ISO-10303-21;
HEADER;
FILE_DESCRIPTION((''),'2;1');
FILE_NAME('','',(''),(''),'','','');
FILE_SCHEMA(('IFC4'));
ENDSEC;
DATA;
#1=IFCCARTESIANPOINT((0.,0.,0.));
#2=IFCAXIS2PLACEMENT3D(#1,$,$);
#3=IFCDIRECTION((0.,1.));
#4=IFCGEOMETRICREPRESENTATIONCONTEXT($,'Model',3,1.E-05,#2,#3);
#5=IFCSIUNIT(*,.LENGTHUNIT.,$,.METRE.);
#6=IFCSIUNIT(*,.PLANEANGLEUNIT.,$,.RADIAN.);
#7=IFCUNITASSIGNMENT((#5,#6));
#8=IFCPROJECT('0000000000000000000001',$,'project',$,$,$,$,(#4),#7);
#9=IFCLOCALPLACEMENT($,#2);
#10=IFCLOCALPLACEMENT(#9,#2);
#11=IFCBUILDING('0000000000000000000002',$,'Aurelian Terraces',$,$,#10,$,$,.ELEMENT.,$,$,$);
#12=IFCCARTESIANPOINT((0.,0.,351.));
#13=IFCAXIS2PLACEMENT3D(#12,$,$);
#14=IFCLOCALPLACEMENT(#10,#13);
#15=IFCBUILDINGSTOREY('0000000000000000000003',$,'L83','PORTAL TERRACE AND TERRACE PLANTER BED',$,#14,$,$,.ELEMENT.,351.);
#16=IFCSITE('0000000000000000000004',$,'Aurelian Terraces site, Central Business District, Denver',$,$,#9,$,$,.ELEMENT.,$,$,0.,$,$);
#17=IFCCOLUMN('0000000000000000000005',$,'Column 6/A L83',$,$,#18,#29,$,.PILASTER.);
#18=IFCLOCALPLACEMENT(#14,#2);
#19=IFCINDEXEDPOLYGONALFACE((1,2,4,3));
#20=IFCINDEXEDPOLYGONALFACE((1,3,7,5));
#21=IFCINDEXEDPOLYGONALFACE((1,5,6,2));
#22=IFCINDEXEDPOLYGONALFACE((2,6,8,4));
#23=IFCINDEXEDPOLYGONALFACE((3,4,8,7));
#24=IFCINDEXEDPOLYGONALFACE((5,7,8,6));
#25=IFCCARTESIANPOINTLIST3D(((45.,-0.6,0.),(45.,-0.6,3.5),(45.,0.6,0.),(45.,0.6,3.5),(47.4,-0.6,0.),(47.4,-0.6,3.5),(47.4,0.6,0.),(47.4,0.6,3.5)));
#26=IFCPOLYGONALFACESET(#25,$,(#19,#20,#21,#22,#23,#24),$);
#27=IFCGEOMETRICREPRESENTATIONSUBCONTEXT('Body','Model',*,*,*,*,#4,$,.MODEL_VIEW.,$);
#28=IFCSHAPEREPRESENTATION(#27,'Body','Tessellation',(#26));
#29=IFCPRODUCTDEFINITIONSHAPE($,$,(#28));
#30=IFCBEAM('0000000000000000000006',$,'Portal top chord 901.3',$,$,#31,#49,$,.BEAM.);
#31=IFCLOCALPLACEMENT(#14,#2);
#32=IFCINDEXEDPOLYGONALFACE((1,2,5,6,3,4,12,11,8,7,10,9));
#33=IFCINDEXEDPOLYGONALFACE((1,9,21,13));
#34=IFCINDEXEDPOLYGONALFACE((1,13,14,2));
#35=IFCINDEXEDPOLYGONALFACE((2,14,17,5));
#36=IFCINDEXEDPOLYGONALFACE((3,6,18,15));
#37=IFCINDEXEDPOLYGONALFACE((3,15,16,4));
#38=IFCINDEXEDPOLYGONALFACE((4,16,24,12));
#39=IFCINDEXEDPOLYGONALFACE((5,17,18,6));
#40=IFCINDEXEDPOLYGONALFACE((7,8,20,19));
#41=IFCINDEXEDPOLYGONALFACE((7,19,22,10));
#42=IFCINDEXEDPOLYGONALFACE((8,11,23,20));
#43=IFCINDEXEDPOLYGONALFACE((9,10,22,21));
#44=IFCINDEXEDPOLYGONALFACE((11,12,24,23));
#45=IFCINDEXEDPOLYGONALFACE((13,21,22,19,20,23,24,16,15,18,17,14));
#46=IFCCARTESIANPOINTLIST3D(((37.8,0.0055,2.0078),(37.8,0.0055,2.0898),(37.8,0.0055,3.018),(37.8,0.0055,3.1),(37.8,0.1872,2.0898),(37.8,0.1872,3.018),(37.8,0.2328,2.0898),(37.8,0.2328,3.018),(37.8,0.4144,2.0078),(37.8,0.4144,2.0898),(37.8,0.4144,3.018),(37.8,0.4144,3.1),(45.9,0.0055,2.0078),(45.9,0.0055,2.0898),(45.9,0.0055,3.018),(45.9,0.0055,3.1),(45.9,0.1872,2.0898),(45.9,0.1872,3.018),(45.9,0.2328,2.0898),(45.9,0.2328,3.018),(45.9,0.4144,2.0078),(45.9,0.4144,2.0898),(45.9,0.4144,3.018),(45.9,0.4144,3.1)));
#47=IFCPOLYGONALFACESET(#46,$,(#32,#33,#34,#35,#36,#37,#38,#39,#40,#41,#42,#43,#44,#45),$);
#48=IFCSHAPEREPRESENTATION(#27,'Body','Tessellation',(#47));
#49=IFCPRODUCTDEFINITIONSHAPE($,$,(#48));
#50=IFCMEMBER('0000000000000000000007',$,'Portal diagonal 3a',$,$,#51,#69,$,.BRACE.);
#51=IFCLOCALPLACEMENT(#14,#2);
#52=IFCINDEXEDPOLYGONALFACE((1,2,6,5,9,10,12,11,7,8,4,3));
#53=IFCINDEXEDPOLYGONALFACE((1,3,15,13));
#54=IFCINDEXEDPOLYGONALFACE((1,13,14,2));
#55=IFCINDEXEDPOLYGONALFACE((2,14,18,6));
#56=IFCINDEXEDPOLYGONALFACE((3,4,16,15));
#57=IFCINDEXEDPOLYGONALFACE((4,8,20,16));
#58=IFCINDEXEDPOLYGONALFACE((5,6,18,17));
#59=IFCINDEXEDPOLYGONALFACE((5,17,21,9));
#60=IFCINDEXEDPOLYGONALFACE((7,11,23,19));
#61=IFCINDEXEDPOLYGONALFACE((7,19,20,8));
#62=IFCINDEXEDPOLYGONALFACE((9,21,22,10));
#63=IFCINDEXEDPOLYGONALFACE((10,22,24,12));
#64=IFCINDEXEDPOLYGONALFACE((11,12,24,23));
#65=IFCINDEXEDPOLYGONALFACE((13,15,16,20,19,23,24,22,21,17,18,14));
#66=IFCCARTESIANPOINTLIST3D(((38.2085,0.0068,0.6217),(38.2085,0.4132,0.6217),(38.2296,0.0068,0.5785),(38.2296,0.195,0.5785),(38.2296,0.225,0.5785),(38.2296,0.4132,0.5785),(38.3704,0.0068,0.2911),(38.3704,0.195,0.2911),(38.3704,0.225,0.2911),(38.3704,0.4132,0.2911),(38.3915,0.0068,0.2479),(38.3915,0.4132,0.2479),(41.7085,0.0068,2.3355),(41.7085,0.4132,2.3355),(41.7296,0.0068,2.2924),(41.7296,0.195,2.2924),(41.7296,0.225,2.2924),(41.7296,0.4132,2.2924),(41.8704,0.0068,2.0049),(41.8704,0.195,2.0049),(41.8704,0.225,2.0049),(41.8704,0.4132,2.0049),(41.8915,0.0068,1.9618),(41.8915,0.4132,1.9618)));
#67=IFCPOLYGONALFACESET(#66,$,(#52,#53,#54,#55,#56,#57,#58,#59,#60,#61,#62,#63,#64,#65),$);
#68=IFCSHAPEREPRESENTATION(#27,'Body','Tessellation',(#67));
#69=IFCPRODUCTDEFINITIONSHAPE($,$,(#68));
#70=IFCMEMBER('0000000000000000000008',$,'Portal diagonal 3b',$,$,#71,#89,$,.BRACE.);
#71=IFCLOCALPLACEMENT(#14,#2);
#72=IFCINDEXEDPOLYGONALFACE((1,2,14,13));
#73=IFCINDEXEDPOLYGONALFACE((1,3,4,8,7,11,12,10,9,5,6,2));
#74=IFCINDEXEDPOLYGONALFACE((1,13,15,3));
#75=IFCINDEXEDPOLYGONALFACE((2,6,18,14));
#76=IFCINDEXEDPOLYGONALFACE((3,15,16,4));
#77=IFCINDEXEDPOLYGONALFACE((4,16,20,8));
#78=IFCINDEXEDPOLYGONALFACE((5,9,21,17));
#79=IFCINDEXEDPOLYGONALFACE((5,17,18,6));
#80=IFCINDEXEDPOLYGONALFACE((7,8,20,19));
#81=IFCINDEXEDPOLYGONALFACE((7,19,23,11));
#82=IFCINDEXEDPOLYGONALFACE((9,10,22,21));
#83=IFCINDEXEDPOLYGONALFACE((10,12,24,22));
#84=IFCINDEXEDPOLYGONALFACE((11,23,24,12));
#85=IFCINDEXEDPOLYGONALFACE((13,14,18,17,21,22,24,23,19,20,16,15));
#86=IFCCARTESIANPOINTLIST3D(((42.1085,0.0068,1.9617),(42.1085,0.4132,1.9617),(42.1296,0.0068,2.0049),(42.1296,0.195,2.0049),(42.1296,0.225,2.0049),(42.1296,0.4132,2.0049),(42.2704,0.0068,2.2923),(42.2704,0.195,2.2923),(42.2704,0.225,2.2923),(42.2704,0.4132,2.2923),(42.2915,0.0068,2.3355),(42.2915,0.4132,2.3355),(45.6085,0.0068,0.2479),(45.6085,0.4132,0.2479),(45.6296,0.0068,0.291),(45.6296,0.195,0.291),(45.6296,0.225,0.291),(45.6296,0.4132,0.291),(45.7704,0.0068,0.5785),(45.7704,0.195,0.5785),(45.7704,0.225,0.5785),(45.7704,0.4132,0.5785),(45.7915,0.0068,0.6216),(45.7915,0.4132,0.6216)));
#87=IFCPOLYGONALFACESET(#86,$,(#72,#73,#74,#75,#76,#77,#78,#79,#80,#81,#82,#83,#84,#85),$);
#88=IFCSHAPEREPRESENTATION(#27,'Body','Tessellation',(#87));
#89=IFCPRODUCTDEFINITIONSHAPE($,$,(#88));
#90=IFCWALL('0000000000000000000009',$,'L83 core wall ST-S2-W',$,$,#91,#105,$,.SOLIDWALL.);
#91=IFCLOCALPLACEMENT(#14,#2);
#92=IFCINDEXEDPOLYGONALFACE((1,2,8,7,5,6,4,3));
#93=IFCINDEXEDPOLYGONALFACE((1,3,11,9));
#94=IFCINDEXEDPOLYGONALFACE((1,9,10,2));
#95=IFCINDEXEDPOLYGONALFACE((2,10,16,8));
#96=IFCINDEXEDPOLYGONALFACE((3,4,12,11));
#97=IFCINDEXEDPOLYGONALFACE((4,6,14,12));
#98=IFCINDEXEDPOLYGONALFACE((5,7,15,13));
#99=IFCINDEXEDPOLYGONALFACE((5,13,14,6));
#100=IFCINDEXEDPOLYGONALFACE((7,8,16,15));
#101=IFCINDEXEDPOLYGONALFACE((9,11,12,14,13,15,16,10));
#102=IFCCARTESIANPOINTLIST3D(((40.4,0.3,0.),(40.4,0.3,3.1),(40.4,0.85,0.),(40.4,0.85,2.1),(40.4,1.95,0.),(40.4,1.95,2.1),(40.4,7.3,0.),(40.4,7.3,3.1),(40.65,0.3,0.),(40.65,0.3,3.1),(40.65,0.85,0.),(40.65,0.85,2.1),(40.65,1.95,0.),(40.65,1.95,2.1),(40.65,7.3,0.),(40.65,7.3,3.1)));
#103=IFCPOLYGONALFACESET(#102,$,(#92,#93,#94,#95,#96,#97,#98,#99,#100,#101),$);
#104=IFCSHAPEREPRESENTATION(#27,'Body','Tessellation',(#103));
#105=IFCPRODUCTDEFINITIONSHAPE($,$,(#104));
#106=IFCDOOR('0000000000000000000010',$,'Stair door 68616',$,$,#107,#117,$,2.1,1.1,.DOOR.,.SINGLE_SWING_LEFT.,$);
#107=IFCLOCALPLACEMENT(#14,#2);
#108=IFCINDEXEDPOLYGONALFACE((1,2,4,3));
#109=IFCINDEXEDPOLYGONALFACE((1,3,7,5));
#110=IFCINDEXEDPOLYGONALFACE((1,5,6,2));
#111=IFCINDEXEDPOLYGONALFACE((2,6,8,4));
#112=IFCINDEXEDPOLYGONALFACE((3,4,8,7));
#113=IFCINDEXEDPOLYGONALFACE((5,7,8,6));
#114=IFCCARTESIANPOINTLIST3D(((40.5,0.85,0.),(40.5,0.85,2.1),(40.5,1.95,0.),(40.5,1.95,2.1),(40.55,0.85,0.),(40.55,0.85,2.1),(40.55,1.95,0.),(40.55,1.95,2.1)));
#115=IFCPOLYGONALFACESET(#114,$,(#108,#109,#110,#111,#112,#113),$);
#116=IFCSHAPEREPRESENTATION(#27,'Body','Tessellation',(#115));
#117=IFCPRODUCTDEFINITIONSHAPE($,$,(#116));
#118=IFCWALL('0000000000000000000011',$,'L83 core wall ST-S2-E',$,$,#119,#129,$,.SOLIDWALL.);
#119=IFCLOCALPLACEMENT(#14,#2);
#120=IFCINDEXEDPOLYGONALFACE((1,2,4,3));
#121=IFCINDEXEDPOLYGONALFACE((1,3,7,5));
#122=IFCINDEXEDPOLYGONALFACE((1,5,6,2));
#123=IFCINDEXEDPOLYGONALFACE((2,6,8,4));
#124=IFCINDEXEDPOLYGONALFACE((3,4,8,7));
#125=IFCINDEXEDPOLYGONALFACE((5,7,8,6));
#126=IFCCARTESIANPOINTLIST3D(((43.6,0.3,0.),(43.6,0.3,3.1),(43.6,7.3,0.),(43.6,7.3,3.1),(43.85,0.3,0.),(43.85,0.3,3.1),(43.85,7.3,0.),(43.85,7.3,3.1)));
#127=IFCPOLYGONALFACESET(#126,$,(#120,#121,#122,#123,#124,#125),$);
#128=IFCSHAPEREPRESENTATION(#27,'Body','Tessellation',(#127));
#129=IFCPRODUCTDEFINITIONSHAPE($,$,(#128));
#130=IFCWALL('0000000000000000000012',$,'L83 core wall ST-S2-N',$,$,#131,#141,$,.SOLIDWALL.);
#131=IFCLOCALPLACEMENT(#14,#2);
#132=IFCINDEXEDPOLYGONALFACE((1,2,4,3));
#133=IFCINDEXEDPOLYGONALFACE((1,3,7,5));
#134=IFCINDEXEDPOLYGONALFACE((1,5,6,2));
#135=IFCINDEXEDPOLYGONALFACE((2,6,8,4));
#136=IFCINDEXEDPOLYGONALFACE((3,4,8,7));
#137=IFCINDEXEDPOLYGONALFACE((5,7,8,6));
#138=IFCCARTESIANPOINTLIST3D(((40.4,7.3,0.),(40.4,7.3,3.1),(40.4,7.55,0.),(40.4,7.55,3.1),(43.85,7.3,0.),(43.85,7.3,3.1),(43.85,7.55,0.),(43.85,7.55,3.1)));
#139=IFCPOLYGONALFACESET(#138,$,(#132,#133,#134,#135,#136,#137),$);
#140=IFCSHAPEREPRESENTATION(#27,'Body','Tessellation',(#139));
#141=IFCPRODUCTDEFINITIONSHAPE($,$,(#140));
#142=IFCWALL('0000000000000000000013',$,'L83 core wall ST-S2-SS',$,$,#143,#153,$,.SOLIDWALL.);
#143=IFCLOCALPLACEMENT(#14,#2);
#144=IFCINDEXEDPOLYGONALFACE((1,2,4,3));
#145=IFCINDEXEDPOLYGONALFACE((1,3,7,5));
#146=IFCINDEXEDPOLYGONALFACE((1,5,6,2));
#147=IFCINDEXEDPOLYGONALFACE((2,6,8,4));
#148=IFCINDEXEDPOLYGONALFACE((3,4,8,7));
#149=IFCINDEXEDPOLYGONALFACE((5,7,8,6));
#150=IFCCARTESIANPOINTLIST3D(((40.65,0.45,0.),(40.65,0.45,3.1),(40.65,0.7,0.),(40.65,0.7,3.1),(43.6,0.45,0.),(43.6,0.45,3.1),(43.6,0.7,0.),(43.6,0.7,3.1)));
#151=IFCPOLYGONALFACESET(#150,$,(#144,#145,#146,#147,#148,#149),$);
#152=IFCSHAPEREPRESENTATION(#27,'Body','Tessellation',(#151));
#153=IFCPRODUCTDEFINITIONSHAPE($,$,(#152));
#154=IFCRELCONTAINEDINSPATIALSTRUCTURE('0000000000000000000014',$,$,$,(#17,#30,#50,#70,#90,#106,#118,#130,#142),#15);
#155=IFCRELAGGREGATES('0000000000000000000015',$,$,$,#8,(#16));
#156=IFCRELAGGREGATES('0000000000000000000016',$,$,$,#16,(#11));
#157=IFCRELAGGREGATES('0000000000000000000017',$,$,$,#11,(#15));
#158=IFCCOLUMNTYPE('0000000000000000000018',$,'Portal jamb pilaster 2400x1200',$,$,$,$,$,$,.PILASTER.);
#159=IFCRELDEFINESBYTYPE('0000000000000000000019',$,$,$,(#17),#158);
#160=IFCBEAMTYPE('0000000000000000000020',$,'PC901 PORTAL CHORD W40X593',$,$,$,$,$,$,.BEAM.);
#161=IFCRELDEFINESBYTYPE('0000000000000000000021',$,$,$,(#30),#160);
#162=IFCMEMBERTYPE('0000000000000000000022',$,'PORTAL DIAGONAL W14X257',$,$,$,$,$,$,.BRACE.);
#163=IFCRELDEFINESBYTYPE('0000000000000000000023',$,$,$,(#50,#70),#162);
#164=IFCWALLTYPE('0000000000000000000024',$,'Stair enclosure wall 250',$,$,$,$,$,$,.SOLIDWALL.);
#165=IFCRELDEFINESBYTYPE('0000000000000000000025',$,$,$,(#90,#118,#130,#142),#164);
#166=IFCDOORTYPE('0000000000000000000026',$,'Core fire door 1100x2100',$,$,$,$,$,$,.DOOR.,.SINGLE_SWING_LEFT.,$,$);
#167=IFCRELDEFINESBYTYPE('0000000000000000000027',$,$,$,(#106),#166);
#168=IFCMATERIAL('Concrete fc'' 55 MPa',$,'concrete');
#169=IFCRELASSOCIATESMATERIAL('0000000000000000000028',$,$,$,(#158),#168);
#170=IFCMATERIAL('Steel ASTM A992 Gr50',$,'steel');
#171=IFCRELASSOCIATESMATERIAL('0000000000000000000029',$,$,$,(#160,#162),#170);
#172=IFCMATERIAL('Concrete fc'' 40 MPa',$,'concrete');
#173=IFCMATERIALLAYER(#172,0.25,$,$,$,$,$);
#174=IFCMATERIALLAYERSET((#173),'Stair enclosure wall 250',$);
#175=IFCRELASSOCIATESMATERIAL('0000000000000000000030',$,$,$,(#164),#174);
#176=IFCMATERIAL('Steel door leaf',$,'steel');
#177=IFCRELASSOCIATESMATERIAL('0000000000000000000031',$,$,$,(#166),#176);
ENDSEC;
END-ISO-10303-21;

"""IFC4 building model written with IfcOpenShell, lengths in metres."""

from ifc_helpers import new_model, si_unit, direction, frame, frame_2d, origin, origin_2d, place, context, subcontext, project, spatial, rectangle, i_section, extrude, source, transform, mapped, material, layer, layer_set, material_profile, profile_set, type_object, element, fill, save


model = new_model("IFC4")

# Units and contexts
model_context = context("Model", 3, precision=1e-05, world=origin(), true_north=direction((0.0, 1.0)))
body_context = subcontext(model_context, "Body", "Model", "MODEL_VIEW")
ifc_project = project(units=[si_unit("LENGTHUNIT", "METRE"), si_unit("PLANEANGLEUNIT", "RADIAN")], contexts=[model_context])

# Site, building, storey
site_placement = place(None, origin())
site = spatial("IfcSite", under=ifc_project, at=site_placement, Name="Aurelian Terraces site, Central Business District, Denver", CompositionType="ELEMENT", RefElevation=0.0)
building_placement = place(site_placement, origin())
building = spatial("IfcBuilding", under=site, at=building_placement, Name="Aurelian Terraces", CompositionType="ELEMENT")
storey_placement = place(building_placement, frame((0.0, 0.0, 351.0)))
storey = spatial("IfcBuildingStorey", under=building, at=storey_placement, Name="L83", Description="PORTAL TERRACE AND TERRACE PLANTER BED", CompositionType="ELEMENT", Elevation=351.0)

# Column
ifc_material_1 = material(Name="Concrete fc' 55 MPa", Category="concrete")
ifc_material_profile_1 = material_profile(ifc_material_1, rectangle(XDim=2.4, YDim=1.2, at=origin_2d()))
ifc_profile_set_1 = profile_set([ifc_material_profile_1], Name="Concrete fc' 55 MPa")
column_type = type_object("IfcColumnType", Name="Portal jamb pilaster 2400x1200", PredefinedType="PILASTER", material=ifc_profile_set_1)
shared_shape_1 = source(origin(), body_context, "Body", "SweptSolid", [
    extrude(rectangle(XDim=2.4, YDim=1.2, at=origin_2d()), origin(), (0.0, 0.0, 1.0), 3.5),
])
column_placement = place(storey_placement, frame((46.2, 0.0, 0.0), z_axis=(0.0, 0.0, 1.0), x_axis=(1.0, 0.0, 0.0)))
element("IfcColumn", 1, at=column_placement, inside=storey, type_object=column_type, Name="Column 6/A L83", PredefinedType="PILASTER", context=body_context, shape_type="MappedRepresentation", body=[
    mapped(shared_shape_1, transform((0.0, 0.0, 0.0), scale=1.0)),
])

# Beam
ifc_material_2 = material(Name="Steel ASTM A992 Gr50", Category="steel")
ifc_material_profile_2 = material_profile(ifc_material_2, i_section(OverallWidth=0.4089, OverallDepth=1.0922, WebThickness=0.0455, FlangeThickness=0.082, at=origin_2d()))
ifc_profile_set_2 = profile_set([ifc_material_profile_2], Name="Steel ASTM A992 Gr50")
beam_type = type_object("IfcBeamType", Name="PC901 PORTAL CHORD W40X593", PredefinedType="BEAM", material=ifc_profile_set_2)
beam_placement = place(storey_placement, frame((37.8, 0.21, 2.5539), z_axis=(1.0, 0.0, 0.0), x_axis=(0.0, 1.0, 0.0)))
element("IfcBeam", 2, at=beam_placement, inside=storey, type_object=beam_type, Name="Portal top chord 901.3", PredefinedType="BEAM", context=body_context, shape_type="SweptSolid", body=[
    extrude(i_section(OverallWidth=0.4089, OverallDepth=1.0922, WebThickness=0.0455, FlangeThickness=0.082, at=origin_2d()), origin(), (0.0, 0.0, 1.0), 8.1),
])

# Members
ifc_material_profile_3 = material_profile(ifc_material_2, i_section(OverallWidth=0.4063, OverallDepth=0.4161, WebThickness=0.03, FlangeThickness=0.048, at=origin_2d()))
ifc_profile_set_3 = profile_set([ifc_material_profile_3], Name="Steel ASTM A992 Gr50")
member_type = type_object("IfcMemberType", Name="PORTAL DIAGONAL W14X257", PredefinedType="BRACE", material=ifc_profile_set_3)
shared_shape_2 = source(origin(), body_context, "Body", "SweptSolid", [
    extrude(i_section(OverallWidth=0.4063, OverallDepth=0.4161, WebThickness=0.03, FlangeThickness=0.048, at=origin_2d()), origin(), (0.0, 0.0, 1.0), 3.8971),
])
for number, where, z_axis, x_axis, name in (
    (3, (38.3, 0.21, 0.4348), (0.898112, 0.0, 0.439767), (0.0, 1.0, 0.0), "Portal diagonal 3a"),
    (4, (42.2, 0.21, 2.1486), (0.898112, 0.0, -0.439767), (0.0, 1.0, 0.0), "Portal diagonal 3b"),
):
    element("IfcMember", number, at=place(storey_placement, frame(where, z_axis=z_axis, x_axis=x_axis)), inside=storey, type_object=member_type, Name=name, PredefinedType="BRACE", context=body_context, shape_type="MappedRepresentation", body=[
        mapped(shared_shape_2, transform((0.0, 0.0, 0.0), scale=1.0)),
    ])

# Wall, opening, door
ifc_material_3 = material(Name="Concrete fc' 40 MPa", Category="concrete")
ifc_layer = layer(ifc_material_3, 0.25)
ifc_layer_set = layer_set([ifc_layer], Name="Stair enclosure wall 250")
wall_type = type_object("IfcWallType", Name="Stair enclosure wall 250", PredefinedType="SOLIDWALL", material=ifc_layer_set)
shared_shape_3 = source(origin(), body_context, "Body", "SweptSolid", [
    extrude(rectangle(XDim=7.0, YDim=0.25, at=frame_2d((3.5, 0.0))), origin(), (0.0, 0.0, 1.0), 3.1),
])
wall_1_placement = place(storey_placement, frame((40.525, 0.3, 0.0), z_axis=(0.0, 0.0, 1.0), x_axis=(0.0, 1.0, 0.0)))
wall_1 = element("IfcWall", 5, at=wall_1_placement, inside=storey, type_object=wall_type, Name="L83 core wall ST-S2-W", PredefinedType="SOLIDWALL", context=body_context, shape_type="MappedRepresentation", body=[
    mapped(shared_shape_3, transform((0.0, 0.0, 0.0), scale=1.0)),
])
shared_shape_4 = source(origin(), body_context, "Body", "SweptSolid", [
    extrude(rectangle(XDim=1.1, YDim=2.1, at=frame_2d((0.55, 1.05))), frame((0.0, 0.135, 0.0), z_axis=(0.0, -1.0, 0.0), x_axis=(1.0, 0.0, 0.0)), (0.0, 0.0, 1.0), 0.27),
])
opening_placement = place(wall_1_placement, frame((0.55, 0.0, 0.0)))
opening = element("IfcOpeningElement", 6, at=opening_placement, cuts=wall_1, PredefinedType="OPENING", context=body_context, shape_type="MappedRepresentation", body=[
    mapped(shared_shape_4, transform((0.0, 0.0, 0.0), scale=1.0)),
])
ifc_material_4 = material(Name="Steel door leaf", Category="steel")
door_type = type_object("IfcDoorType", Name="Core fire door 1100x2100", OperationType="SINGLE_SWING_LEFT", PredefinedType="DOOR", material=ifc_material_4)
shared_shape_5 = source(origin(), body_context, "Body", "SweptSolid", [
    extrude(rectangle(XDim=1.1, YDim=2.1, at=frame_2d((0.55, 1.05))), frame((0.0, 0.025, 0.0), z_axis=(0.0, -1.0, 0.0), x_axis=(1.0, 0.0, 0.0)), (0.0, 0.0, 1.0), 0.05),
])
door_placement = place(opening_placement, origin())
door = element("IfcDoor", 7, at=door_placement, inside=storey, type_object=door_type, Name="Stair door 68616", OperationType="SINGLE_SWING_LEFT", OverallHeight=2.1, OverallWidth=1.1, PredefinedType="DOOR", context=body_context, shape_type="MappedRepresentation", body=[
    mapped(shared_shape_5, transform((0.0, 0.0, 0.0), scale=1.0)),
])
fill(opening, door)

# Walls
wall_2_placement = place(storey_placement, frame((43.725, 0.3, 0.0), z_axis=(0.0, 0.0, 1.0), x_axis=(0.0, 1.0, 0.0)))
element("IfcWall", 8, at=wall_2_placement, inside=storey, type_object=wall_type, Name="L83 core wall ST-S2-E", PredefinedType="SOLIDWALL", context=body_context, shape_type="MappedRepresentation", body=[
    mapped(shared_shape_3, transform((0.0, 0.0, 0.0), scale=1.0)),
])
shared_shape_6 = source(origin(), body_context, "Body", "SweptSolid", [
    extrude(rectangle(XDim=3.45, YDim=0.25, at=frame_2d((1.725, 0.0))), origin(), (0.0, 0.0, 1.0), 3.1),
])
wall_3_placement = place(storey_placement, frame((40.4, 7.425, 0.0), z_axis=(0.0, 0.0, 1.0), x_axis=(1.0, 0.0, 0.0)))
element("IfcWall", 9, at=wall_3_placement, inside=storey, type_object=wall_type, Name="L83 core wall ST-S2-N", PredefinedType="SOLIDWALL", context=body_context, shape_type="MappedRepresentation", body=[
    mapped(shared_shape_6, transform((0.0, 0.0, 0.0), scale=1.0)),
])
shared_shape_7 = source(origin(), body_context, "Body", "SweptSolid", [
    extrude(rectangle(XDim=2.95, YDim=0.25, at=frame_2d((1.475, 0.0))), origin(), (0.0, 0.0, 1.0), 3.1),
])
wall_4_placement = place(storey_placement, frame((40.65, 0.575, 0.0), z_axis=(0.0, 0.0, 1.0), x_axis=(1.0, 0.0, 0.0)))
element("IfcWall", 10, at=wall_4_placement, inside=storey, type_object=wall_type, Name="L83 core wall ST-S2-SS", PredefinedType="SOLIDWALL", context=body_context, shape_type="MappedRepresentation", body=[
    mapped(shared_shape_7, transform((0.0, 0.0, 0.0), scale=1.0)),
])

save(model, "model.ifc")
